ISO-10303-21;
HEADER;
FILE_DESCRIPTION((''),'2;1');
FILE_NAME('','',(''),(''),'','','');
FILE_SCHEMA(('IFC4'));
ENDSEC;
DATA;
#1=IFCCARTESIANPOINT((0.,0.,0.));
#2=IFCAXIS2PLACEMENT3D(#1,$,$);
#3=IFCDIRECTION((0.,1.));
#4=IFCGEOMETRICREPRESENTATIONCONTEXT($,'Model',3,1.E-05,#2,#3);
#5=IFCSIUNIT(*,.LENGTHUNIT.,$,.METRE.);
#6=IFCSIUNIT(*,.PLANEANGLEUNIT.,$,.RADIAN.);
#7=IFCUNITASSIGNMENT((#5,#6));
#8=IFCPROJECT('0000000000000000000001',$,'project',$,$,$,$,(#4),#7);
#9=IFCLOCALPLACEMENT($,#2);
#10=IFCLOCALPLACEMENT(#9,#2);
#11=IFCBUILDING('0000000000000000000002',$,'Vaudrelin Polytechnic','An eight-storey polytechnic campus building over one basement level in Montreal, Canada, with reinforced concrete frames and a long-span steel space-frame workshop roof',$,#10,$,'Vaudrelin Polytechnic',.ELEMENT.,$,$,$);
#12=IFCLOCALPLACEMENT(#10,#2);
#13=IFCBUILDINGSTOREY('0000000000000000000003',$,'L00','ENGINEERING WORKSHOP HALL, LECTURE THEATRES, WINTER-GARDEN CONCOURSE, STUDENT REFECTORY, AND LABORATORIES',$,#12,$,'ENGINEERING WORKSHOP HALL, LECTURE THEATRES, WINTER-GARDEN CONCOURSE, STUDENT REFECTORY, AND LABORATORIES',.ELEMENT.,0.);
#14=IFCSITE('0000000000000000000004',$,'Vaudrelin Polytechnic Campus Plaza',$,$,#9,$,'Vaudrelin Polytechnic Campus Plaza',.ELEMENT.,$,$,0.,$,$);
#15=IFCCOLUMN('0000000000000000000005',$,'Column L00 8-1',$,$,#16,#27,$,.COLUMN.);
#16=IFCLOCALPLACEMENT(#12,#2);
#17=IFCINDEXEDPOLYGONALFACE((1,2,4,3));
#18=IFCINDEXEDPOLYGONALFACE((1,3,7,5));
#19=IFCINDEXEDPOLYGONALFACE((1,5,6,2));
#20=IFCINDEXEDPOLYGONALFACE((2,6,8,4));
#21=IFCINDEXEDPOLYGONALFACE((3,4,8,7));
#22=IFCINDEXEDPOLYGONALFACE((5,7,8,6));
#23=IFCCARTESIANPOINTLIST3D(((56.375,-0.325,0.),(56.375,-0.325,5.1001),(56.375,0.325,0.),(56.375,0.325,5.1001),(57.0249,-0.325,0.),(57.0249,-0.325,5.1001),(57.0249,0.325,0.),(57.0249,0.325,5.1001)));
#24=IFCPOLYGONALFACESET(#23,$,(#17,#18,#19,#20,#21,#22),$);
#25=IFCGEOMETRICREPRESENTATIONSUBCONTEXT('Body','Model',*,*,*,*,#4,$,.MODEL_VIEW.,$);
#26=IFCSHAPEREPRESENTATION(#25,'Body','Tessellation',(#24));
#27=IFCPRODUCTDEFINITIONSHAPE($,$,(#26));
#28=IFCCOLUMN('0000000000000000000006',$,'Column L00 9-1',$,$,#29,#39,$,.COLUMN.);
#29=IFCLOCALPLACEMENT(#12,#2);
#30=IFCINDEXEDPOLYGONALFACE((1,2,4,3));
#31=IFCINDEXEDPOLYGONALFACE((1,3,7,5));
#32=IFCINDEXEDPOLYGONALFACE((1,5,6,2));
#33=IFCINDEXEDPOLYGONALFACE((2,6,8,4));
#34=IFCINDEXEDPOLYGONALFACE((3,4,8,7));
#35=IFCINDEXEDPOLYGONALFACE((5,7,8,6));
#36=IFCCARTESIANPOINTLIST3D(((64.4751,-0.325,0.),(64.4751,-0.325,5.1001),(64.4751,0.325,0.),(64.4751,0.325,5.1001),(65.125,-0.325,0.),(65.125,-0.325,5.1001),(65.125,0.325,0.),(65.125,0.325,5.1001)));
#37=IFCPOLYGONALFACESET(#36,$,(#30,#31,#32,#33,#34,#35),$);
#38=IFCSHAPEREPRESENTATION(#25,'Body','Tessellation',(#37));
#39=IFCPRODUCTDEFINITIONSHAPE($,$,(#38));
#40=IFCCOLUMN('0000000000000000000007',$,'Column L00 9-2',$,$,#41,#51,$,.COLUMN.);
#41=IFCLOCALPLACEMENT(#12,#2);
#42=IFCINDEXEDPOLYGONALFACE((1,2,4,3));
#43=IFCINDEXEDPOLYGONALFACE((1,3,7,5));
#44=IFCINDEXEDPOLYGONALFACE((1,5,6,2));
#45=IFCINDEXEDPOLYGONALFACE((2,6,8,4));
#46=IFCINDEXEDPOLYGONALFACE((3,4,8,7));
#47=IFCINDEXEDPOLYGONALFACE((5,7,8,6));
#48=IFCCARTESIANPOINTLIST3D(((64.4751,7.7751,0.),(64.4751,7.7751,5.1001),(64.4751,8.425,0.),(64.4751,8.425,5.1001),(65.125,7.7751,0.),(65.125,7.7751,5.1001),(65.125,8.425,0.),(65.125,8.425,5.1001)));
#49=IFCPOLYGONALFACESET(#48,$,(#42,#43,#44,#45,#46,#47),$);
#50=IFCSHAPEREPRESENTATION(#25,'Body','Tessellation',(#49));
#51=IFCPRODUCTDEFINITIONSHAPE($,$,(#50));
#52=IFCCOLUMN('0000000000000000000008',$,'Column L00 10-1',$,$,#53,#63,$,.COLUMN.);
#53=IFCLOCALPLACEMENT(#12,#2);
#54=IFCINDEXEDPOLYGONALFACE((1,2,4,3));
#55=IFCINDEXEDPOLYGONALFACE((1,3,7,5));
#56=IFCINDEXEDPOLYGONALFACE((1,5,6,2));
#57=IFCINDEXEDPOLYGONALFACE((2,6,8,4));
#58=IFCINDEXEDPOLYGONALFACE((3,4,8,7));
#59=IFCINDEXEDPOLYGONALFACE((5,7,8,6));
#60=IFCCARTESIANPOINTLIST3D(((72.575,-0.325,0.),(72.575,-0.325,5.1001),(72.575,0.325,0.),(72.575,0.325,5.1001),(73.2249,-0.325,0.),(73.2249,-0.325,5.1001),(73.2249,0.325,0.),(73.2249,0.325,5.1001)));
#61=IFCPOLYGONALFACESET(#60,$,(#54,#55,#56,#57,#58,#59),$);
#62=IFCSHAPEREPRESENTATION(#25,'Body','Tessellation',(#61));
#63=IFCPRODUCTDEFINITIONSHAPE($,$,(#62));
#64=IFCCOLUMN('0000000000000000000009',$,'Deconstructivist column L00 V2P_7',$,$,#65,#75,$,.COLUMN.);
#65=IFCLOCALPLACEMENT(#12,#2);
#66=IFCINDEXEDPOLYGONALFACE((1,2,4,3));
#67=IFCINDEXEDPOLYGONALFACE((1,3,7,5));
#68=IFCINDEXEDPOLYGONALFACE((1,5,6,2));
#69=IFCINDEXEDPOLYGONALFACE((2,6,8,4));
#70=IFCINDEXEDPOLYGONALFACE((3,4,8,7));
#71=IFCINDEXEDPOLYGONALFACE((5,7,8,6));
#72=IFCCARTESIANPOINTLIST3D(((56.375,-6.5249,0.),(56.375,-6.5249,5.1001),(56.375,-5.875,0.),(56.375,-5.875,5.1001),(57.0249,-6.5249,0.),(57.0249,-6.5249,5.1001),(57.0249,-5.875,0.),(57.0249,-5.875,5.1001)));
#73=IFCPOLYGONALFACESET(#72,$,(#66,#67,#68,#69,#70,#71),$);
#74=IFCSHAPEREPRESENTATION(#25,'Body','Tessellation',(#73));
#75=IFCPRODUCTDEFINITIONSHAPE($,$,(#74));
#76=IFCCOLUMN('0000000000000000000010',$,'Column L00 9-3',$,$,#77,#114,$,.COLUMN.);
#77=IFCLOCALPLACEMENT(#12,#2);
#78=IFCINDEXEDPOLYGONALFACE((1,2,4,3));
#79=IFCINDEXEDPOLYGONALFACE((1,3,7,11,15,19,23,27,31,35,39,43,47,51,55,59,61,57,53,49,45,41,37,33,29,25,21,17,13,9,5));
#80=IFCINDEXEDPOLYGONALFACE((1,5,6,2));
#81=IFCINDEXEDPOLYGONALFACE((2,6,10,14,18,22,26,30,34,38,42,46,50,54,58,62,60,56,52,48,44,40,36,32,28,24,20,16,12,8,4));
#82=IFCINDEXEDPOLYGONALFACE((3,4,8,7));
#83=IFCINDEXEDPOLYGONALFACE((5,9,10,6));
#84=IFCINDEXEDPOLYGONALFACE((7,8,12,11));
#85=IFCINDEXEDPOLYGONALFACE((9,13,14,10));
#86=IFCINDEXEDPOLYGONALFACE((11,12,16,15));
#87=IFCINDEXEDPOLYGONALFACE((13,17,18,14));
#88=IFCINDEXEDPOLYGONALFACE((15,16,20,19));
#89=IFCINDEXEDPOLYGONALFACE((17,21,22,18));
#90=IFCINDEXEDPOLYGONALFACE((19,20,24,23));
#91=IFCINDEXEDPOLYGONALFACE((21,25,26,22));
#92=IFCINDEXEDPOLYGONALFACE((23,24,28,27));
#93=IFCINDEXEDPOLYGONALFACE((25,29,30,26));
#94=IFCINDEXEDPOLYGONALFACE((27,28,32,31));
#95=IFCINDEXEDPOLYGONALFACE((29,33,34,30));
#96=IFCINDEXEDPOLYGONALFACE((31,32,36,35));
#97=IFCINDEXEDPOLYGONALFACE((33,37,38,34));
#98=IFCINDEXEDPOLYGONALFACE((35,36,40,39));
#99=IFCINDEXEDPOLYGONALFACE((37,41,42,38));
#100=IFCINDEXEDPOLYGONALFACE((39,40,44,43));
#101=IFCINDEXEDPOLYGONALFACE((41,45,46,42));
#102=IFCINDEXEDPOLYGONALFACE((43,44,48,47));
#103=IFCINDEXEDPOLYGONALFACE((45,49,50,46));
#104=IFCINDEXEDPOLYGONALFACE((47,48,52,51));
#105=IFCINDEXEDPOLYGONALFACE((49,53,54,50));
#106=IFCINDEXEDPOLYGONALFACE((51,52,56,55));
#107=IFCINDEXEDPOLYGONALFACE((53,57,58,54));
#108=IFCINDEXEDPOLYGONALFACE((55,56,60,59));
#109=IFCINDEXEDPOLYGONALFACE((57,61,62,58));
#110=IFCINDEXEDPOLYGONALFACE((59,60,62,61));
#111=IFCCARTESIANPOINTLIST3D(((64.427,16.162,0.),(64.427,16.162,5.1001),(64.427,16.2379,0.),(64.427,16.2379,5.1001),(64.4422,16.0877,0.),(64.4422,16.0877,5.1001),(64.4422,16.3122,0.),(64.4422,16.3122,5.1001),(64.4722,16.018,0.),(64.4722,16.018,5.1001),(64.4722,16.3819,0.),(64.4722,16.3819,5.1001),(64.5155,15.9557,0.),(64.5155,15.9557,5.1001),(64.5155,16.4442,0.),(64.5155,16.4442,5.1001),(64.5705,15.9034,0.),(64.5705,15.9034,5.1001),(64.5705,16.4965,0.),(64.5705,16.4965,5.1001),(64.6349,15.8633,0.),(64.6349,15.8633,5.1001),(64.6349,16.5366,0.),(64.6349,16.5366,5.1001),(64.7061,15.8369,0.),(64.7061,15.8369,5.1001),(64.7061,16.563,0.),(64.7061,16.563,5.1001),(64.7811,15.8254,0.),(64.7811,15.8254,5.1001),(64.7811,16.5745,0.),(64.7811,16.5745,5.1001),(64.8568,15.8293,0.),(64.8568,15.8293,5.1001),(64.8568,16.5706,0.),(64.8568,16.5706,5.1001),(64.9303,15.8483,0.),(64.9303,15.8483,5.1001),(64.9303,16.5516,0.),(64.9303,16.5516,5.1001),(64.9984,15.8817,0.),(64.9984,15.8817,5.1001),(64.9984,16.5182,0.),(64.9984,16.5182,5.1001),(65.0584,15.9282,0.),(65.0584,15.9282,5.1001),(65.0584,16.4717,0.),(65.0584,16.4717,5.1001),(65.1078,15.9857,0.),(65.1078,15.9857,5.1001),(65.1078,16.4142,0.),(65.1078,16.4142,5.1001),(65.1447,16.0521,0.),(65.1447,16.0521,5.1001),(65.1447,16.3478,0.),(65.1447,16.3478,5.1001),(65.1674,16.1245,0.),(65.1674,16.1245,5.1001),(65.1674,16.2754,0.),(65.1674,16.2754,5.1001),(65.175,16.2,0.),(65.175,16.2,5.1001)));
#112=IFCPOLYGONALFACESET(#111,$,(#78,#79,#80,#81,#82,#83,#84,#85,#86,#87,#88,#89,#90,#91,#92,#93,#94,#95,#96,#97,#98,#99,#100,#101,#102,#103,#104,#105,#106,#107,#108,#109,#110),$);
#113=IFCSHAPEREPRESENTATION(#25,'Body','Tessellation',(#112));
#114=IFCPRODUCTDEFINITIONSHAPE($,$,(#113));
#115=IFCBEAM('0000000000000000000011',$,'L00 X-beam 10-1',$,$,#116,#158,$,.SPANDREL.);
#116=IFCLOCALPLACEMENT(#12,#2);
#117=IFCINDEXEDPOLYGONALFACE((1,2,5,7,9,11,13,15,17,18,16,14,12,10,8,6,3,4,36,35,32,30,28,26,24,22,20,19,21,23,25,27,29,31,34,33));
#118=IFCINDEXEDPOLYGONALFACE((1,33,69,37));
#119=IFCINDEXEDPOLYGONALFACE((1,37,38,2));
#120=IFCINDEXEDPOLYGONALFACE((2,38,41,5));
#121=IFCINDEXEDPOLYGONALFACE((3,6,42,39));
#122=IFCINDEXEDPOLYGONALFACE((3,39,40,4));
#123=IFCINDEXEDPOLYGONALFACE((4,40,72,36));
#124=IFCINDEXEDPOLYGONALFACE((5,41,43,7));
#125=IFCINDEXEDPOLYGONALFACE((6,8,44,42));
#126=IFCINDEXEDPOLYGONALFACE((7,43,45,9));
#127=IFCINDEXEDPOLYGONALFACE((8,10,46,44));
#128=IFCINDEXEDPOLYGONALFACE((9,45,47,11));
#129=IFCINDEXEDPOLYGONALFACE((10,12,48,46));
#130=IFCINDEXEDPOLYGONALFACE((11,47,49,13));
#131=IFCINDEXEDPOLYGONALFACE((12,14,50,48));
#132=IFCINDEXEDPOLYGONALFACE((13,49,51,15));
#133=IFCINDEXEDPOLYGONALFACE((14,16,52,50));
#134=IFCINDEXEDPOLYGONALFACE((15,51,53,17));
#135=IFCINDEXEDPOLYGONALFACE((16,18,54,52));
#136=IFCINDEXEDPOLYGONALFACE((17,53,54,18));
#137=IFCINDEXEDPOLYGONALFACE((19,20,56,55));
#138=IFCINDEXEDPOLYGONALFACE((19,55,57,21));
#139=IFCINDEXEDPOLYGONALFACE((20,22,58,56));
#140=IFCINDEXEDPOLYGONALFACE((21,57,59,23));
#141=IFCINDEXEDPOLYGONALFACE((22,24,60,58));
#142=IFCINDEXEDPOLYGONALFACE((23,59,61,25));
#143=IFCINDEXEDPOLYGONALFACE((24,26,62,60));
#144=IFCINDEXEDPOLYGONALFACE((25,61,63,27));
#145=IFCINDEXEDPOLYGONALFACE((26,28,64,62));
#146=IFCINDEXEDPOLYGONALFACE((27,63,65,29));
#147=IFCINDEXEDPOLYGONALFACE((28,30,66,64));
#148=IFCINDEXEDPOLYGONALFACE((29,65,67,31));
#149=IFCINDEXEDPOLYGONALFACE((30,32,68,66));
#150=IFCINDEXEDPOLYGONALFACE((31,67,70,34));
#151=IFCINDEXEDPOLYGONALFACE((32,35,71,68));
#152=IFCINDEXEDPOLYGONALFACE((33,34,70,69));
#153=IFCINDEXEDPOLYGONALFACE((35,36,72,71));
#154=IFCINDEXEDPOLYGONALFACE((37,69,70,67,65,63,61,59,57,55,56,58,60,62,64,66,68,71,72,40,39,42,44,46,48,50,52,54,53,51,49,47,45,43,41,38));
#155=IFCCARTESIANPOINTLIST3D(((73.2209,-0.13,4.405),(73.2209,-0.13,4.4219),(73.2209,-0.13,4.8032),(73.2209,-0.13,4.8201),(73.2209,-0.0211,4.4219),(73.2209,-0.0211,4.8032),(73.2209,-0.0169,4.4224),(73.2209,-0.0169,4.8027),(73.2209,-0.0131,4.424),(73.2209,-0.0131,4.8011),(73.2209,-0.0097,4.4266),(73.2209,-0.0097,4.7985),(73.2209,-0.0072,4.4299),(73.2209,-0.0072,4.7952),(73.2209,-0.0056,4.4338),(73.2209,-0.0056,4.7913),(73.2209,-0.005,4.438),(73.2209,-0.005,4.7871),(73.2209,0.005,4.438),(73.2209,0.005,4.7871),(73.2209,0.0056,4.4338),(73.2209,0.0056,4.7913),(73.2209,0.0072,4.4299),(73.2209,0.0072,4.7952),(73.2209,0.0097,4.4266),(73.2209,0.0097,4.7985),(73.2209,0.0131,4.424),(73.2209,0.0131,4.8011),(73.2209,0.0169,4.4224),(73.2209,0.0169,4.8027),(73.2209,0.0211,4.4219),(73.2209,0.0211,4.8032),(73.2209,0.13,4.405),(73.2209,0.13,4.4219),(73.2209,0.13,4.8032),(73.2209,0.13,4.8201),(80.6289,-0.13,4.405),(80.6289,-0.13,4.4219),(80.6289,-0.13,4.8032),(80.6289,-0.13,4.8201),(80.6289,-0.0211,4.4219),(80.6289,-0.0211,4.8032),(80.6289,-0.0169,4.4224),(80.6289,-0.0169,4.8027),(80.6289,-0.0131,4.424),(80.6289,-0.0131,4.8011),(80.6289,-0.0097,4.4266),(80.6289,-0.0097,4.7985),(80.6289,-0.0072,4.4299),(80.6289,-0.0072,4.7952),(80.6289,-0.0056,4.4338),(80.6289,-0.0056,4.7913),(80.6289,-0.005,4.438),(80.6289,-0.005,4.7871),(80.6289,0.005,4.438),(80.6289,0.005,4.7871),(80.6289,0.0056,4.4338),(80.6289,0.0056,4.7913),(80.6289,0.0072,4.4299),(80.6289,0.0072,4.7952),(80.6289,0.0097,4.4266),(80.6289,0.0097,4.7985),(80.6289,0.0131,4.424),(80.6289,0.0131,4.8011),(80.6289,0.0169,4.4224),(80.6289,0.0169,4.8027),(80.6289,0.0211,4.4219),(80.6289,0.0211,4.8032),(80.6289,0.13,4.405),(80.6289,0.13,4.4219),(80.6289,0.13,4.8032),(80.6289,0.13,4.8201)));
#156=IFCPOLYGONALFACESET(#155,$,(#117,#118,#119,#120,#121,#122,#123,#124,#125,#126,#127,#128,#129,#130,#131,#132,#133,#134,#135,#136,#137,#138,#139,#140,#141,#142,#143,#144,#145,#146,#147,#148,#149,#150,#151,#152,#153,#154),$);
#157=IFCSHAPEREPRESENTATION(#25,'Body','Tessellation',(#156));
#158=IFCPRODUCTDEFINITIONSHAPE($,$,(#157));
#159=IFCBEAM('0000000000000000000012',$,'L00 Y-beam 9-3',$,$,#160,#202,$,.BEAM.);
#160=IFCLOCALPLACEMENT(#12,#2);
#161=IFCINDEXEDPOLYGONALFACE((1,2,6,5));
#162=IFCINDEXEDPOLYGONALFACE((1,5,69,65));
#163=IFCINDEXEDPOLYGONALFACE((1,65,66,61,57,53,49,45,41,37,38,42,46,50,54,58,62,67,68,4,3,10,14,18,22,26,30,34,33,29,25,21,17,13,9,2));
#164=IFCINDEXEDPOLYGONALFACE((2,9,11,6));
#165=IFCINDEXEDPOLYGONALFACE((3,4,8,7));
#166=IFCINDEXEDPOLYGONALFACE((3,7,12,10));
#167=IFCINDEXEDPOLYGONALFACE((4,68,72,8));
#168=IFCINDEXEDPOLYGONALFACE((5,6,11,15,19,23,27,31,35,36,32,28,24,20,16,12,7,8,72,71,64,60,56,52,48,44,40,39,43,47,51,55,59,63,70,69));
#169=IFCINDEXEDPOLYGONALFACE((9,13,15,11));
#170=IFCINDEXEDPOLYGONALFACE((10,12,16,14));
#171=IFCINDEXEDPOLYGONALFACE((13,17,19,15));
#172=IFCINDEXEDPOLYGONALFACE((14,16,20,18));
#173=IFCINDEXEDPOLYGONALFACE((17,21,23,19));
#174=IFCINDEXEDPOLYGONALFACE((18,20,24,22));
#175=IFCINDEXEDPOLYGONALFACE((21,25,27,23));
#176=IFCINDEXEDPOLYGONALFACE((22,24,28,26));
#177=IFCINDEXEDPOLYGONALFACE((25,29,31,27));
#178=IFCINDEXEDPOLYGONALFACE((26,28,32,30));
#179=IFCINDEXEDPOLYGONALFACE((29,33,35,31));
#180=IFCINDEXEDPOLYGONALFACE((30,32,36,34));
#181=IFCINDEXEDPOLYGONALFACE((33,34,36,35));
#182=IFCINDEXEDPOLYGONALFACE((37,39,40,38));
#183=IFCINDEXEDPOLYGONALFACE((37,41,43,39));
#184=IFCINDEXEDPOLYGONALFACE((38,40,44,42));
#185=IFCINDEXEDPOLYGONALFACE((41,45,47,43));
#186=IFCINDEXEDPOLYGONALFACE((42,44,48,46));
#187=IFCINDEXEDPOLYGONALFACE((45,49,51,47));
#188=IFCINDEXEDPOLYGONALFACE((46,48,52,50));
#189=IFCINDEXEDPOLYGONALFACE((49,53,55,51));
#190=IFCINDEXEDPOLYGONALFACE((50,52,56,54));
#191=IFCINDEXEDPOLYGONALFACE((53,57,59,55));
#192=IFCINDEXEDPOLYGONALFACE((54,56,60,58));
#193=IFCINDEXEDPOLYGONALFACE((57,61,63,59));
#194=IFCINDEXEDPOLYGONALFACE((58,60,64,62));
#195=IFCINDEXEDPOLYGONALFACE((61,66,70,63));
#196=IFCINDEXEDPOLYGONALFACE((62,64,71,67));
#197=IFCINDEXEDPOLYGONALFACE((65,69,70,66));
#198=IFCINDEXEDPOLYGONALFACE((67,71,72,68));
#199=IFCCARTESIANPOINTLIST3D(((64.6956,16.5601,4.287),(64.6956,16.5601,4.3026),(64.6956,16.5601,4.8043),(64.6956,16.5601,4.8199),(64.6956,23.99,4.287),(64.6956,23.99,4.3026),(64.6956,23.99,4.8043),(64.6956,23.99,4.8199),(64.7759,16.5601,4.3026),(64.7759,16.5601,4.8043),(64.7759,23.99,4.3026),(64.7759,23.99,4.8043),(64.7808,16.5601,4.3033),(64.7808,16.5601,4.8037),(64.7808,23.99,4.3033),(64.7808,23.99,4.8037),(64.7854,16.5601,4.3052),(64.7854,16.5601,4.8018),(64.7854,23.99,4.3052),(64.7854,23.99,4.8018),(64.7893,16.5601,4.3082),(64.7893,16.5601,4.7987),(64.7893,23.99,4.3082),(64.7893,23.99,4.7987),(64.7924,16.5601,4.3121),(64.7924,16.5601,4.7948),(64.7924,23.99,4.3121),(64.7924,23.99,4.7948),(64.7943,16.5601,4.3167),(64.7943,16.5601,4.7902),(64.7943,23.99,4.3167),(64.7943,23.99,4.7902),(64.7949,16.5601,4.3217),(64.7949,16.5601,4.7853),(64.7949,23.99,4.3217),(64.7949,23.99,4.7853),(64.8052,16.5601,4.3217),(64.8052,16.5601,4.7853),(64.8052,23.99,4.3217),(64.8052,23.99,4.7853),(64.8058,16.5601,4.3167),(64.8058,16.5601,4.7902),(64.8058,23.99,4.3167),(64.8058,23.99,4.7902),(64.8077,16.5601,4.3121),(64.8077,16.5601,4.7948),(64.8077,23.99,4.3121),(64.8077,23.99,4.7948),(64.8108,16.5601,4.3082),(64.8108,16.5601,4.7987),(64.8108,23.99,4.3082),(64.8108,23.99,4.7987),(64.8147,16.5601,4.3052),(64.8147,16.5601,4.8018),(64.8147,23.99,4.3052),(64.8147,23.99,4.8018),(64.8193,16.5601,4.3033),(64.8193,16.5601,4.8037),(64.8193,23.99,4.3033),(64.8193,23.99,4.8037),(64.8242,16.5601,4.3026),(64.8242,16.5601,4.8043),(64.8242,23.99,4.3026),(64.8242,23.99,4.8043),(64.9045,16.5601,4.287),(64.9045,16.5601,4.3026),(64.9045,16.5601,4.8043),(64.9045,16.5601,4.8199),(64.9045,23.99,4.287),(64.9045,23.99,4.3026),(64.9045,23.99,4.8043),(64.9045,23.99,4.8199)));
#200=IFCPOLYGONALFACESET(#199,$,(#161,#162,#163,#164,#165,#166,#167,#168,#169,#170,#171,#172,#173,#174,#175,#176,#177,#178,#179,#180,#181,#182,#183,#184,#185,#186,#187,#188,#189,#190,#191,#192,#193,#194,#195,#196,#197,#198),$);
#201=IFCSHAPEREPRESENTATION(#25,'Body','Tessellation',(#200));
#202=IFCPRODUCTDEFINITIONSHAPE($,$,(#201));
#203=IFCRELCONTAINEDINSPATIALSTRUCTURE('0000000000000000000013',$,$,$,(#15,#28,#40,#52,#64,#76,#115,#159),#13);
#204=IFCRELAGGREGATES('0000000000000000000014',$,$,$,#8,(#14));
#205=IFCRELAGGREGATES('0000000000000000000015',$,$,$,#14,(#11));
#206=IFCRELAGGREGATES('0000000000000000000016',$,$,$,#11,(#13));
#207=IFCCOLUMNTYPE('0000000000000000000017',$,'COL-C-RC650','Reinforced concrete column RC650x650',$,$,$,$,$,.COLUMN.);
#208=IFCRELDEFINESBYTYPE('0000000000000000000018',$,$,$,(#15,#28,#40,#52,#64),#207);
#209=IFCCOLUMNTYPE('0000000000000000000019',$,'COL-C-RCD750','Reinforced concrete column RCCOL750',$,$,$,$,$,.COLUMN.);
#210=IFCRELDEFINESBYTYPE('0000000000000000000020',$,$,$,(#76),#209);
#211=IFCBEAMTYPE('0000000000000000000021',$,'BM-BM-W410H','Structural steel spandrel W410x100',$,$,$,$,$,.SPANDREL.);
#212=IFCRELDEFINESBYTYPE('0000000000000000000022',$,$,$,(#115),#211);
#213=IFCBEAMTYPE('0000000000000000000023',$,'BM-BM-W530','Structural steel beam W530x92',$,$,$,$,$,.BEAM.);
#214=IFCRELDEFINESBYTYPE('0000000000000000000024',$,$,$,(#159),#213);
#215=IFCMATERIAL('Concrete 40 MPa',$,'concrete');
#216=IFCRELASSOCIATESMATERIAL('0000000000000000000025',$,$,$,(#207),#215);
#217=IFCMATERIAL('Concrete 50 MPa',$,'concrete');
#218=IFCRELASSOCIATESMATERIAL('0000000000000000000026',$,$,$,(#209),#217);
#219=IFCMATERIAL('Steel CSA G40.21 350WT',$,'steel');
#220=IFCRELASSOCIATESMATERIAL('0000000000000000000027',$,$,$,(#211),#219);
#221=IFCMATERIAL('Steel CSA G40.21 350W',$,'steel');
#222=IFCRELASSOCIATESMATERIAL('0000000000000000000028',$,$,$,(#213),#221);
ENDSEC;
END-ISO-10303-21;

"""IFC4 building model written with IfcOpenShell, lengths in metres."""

from ifc_helpers import new_model, si_unit, direction, frame, origin, origin_2d, place, context, subcontext, project, spatial, rectangle, circle, i_section, extrude, material, material_profile, profile_set, type_object, element, save


model = new_model("IFC4")

# Units and contexts
model_context = context("Model", 3, precision=1e-05, world=origin(), true_north=direction((0.0, 1.0)))
body_context = subcontext(model_context, "Body", "Model", "MODEL_VIEW")
ifc_project = project(units=[si_unit("LENGTHUNIT", "METRE"), si_unit("PLANEANGLEUNIT", "RADIAN")], contexts=[model_context])

# Site, building, storey
site_placement = place(None, origin())
site = spatial("IfcSite", under=ifc_project, at=site_placement, Name="Vaudrelin Polytechnic Campus Plaza", LongName="Vaudrelin Polytechnic Campus Plaza", CompositionType="ELEMENT", RefElevation=0.0)
building_placement = place(site_placement, origin())
building = spatial("IfcBuilding", under=site, at=building_placement, Name="Vaudrelin Polytechnic", Description="An eight-storey polytechnic campus building over one basement level in Montreal, Canada, with reinforced concrete frames and a long-span steel space-frame workshop roof", LongName="Vaudrelin Polytechnic", CompositionType="ELEMENT")
storey_placement = place(building_placement, origin())
storey = spatial("IfcBuildingStorey", under=building, at=storey_placement, Name="L00", Description="ENGINEERING WORKSHOP HALL, LECTURE THEATRES, WINTER-GARDEN CONCOURSE, STUDENT REFECTORY, AND LABORATORIES", LongName="ENGINEERING WORKSHOP HALL, LECTURE THEATRES, WINTER-GARDEN CONCOURSE, STUDENT REFECTORY, AND LABORATORIES", CompositionType="ELEMENT", Elevation=0.0)

# Columns
ifc_material_1 = material(Name="Concrete 40 MPa", Category="concrete")
ifc_material_profile_1 = material_profile(ifc_material_1, rectangle(XDim=0.6499, YDim=0.6499, at=origin_2d()), Name="RC650x650")
ifc_profile_set_1 = profile_set([ifc_material_profile_1], Name="Concrete 40 MPa")
column_type_1 = type_object("IfcColumnType", Name="COL-C-RC650", Description="Reinforced concrete column RC650x650", PredefinedType="COLUMN", material=ifc_profile_set_1)
for number, where, z_axis, x_axis, name in (
    (1, (56.7, 0.0, 0.0), (0.0, 0.0, 1.0), (1.0, 0.0, 0.0), "Column L00 8-1"),
    (2, (64.8, 0.0, 0.0), (0.0, 0.0, 1.0), (1.0, 0.0, 0.0), "Column L00 9-1"),
    (3, (64.8, 8.1001, 0.0), (0.0, 0.0, 1.0), (1.0, 0.0, 0.0), "Column L00 9-2"),
    (4, (72.8999, 0.0, 0.0), (0.0, 0.0, 1.0), (1.0, 0.0, 0.0), "Column L00 10-1"),
    (5, (56.7, -6.2, 0.0), (0.0, 0.0, 1.0), (1.0, 0.0, 0.0), "Deconstructivist column L00 V2P_7"),
):
    element("IfcColumn", number, at=place(storey_placement, frame(where, z_axis=z_axis, x_axis=x_axis)), inside=storey, type_object=column_type_1, Name=name, PredefinedType="COLUMN", context=body_context, shape_type="SweptSolid", body=[
        extrude(rectangle(XDim=0.6499, YDim=0.6499, at=origin_2d()), origin(), (0.0, 0.0, 1.0), 5.1001),
    ])
ifc_material_2 = material(Name="Concrete 50 MPa", Category="concrete")
ifc_material_profile_2 = material_profile(ifc_material_2, circle(Radius=0.375, at=origin_2d()), Name="RCCOL750")
ifc_profile_set_2 = profile_set([ifc_material_profile_2], Name="Concrete 50 MPa")
column_type_2 = type_object("IfcColumnType", Name="COL-C-RCD750", Description="Reinforced concrete column RCCOL750", PredefinedType="COLUMN", material=ifc_profile_set_2)
column_placement = place(storey_placement, frame((64.8, 16.2, 0.0), z_axis=(0.0, 0.0, 1.0), x_axis=(1.0, 0.0, 0.0)))
element("IfcColumn", 6, at=column_placement, inside=storey, type_object=column_type_2, Name="Column L00 9-3", PredefinedType="COLUMN", context=body_context, shape_type="SweptSolid", body=[
    extrude(circle(Radius=0.375, at=origin_2d()), origin(), (0.0, 0.0, 1.0), 5.1001),
])

# Beams
ifc_material_3 = material(Name="Steel CSA G40.21 350WT", Category="steel")
ifc_material_profile_3 = material_profile(ifc_material_3, i_section(OverallWidth=0.26, OverallDepth=0.415, WebThickness=0.01, FlangeThickness=0.0168, FilletRadius=0.0161, at=origin_2d()), Name="W410x100")
ifc_profile_set_3 = profile_set([ifc_material_profile_3], Name="Steel CSA G40.21 350WT")
beam_type_1 = type_object("IfcBeamType", Name="BM-BM-W410H", Description="Structural steel spandrel W410x100", PredefinedType="SPANDREL", material=ifc_profile_set_3)
beam_1_placement = place(storey_placement, frame((73.2209, 0.0, 4.6125), z_axis=(1.0, 0.0, 0.0), x_axis=(0.0, 1.0, 0.0)))
element("IfcBeam", 7, at=beam_1_placement, inside=storey, type_object=beam_type_1, Name="L00 X-beam 10-1", PredefinedType="SPANDREL", context=body_context, shape_type="SweptSolid", body=[
    extrude(i_section(OverallWidth=0.26, OverallDepth=0.415, WebThickness=0.01, FlangeThickness=0.0168, FilletRadius=0.0161, at=origin_2d()), origin(), (0.0, 0.0, 1.0), 7.408),
])
ifc_material_4 = material(Name="Steel CSA G40.21 350W", Category="steel")
ifc_material_profile_4 = material_profile(ifc_material_4, i_section(OverallWidth=0.209, OverallDepth=0.533, WebThickness=0.0103, FlangeThickness=0.0156, FilletRadius=0.019, at=origin_2d()), Name="W530x92")
ifc_profile_set_4 = profile_set([ifc_material_profile_4], Name="Steel CSA G40.21 350W")
beam_type_2 = type_object("IfcBeamType", Name="BM-BM-W530", Description="Structural steel beam W530x92", PredefinedType="BEAM", material=ifc_profile_set_4)
beam_2_placement = place(storey_placement, frame((64.8, 16.5601, 4.5535), z_axis=(0.0, 1.0, 0.0), x_axis=(-1.0, 0.0, 0.0)))
element("IfcBeam", 8, at=beam_2_placement, inside=storey, type_object=beam_type_2, Name="L00 Y-beam 9-3", PredefinedType="BEAM", context=body_context, shape_type="SweptSolid", body=[
    extrude(i_section(OverallWidth=0.209, OverallDepth=0.533, WebThickness=0.0103, FlangeThickness=0.0156, FilletRadius=0.019, at=origin_2d()), origin(), (0.0, 0.0, 1.0), 7.4299),
])

save(model, "model.ifc")
